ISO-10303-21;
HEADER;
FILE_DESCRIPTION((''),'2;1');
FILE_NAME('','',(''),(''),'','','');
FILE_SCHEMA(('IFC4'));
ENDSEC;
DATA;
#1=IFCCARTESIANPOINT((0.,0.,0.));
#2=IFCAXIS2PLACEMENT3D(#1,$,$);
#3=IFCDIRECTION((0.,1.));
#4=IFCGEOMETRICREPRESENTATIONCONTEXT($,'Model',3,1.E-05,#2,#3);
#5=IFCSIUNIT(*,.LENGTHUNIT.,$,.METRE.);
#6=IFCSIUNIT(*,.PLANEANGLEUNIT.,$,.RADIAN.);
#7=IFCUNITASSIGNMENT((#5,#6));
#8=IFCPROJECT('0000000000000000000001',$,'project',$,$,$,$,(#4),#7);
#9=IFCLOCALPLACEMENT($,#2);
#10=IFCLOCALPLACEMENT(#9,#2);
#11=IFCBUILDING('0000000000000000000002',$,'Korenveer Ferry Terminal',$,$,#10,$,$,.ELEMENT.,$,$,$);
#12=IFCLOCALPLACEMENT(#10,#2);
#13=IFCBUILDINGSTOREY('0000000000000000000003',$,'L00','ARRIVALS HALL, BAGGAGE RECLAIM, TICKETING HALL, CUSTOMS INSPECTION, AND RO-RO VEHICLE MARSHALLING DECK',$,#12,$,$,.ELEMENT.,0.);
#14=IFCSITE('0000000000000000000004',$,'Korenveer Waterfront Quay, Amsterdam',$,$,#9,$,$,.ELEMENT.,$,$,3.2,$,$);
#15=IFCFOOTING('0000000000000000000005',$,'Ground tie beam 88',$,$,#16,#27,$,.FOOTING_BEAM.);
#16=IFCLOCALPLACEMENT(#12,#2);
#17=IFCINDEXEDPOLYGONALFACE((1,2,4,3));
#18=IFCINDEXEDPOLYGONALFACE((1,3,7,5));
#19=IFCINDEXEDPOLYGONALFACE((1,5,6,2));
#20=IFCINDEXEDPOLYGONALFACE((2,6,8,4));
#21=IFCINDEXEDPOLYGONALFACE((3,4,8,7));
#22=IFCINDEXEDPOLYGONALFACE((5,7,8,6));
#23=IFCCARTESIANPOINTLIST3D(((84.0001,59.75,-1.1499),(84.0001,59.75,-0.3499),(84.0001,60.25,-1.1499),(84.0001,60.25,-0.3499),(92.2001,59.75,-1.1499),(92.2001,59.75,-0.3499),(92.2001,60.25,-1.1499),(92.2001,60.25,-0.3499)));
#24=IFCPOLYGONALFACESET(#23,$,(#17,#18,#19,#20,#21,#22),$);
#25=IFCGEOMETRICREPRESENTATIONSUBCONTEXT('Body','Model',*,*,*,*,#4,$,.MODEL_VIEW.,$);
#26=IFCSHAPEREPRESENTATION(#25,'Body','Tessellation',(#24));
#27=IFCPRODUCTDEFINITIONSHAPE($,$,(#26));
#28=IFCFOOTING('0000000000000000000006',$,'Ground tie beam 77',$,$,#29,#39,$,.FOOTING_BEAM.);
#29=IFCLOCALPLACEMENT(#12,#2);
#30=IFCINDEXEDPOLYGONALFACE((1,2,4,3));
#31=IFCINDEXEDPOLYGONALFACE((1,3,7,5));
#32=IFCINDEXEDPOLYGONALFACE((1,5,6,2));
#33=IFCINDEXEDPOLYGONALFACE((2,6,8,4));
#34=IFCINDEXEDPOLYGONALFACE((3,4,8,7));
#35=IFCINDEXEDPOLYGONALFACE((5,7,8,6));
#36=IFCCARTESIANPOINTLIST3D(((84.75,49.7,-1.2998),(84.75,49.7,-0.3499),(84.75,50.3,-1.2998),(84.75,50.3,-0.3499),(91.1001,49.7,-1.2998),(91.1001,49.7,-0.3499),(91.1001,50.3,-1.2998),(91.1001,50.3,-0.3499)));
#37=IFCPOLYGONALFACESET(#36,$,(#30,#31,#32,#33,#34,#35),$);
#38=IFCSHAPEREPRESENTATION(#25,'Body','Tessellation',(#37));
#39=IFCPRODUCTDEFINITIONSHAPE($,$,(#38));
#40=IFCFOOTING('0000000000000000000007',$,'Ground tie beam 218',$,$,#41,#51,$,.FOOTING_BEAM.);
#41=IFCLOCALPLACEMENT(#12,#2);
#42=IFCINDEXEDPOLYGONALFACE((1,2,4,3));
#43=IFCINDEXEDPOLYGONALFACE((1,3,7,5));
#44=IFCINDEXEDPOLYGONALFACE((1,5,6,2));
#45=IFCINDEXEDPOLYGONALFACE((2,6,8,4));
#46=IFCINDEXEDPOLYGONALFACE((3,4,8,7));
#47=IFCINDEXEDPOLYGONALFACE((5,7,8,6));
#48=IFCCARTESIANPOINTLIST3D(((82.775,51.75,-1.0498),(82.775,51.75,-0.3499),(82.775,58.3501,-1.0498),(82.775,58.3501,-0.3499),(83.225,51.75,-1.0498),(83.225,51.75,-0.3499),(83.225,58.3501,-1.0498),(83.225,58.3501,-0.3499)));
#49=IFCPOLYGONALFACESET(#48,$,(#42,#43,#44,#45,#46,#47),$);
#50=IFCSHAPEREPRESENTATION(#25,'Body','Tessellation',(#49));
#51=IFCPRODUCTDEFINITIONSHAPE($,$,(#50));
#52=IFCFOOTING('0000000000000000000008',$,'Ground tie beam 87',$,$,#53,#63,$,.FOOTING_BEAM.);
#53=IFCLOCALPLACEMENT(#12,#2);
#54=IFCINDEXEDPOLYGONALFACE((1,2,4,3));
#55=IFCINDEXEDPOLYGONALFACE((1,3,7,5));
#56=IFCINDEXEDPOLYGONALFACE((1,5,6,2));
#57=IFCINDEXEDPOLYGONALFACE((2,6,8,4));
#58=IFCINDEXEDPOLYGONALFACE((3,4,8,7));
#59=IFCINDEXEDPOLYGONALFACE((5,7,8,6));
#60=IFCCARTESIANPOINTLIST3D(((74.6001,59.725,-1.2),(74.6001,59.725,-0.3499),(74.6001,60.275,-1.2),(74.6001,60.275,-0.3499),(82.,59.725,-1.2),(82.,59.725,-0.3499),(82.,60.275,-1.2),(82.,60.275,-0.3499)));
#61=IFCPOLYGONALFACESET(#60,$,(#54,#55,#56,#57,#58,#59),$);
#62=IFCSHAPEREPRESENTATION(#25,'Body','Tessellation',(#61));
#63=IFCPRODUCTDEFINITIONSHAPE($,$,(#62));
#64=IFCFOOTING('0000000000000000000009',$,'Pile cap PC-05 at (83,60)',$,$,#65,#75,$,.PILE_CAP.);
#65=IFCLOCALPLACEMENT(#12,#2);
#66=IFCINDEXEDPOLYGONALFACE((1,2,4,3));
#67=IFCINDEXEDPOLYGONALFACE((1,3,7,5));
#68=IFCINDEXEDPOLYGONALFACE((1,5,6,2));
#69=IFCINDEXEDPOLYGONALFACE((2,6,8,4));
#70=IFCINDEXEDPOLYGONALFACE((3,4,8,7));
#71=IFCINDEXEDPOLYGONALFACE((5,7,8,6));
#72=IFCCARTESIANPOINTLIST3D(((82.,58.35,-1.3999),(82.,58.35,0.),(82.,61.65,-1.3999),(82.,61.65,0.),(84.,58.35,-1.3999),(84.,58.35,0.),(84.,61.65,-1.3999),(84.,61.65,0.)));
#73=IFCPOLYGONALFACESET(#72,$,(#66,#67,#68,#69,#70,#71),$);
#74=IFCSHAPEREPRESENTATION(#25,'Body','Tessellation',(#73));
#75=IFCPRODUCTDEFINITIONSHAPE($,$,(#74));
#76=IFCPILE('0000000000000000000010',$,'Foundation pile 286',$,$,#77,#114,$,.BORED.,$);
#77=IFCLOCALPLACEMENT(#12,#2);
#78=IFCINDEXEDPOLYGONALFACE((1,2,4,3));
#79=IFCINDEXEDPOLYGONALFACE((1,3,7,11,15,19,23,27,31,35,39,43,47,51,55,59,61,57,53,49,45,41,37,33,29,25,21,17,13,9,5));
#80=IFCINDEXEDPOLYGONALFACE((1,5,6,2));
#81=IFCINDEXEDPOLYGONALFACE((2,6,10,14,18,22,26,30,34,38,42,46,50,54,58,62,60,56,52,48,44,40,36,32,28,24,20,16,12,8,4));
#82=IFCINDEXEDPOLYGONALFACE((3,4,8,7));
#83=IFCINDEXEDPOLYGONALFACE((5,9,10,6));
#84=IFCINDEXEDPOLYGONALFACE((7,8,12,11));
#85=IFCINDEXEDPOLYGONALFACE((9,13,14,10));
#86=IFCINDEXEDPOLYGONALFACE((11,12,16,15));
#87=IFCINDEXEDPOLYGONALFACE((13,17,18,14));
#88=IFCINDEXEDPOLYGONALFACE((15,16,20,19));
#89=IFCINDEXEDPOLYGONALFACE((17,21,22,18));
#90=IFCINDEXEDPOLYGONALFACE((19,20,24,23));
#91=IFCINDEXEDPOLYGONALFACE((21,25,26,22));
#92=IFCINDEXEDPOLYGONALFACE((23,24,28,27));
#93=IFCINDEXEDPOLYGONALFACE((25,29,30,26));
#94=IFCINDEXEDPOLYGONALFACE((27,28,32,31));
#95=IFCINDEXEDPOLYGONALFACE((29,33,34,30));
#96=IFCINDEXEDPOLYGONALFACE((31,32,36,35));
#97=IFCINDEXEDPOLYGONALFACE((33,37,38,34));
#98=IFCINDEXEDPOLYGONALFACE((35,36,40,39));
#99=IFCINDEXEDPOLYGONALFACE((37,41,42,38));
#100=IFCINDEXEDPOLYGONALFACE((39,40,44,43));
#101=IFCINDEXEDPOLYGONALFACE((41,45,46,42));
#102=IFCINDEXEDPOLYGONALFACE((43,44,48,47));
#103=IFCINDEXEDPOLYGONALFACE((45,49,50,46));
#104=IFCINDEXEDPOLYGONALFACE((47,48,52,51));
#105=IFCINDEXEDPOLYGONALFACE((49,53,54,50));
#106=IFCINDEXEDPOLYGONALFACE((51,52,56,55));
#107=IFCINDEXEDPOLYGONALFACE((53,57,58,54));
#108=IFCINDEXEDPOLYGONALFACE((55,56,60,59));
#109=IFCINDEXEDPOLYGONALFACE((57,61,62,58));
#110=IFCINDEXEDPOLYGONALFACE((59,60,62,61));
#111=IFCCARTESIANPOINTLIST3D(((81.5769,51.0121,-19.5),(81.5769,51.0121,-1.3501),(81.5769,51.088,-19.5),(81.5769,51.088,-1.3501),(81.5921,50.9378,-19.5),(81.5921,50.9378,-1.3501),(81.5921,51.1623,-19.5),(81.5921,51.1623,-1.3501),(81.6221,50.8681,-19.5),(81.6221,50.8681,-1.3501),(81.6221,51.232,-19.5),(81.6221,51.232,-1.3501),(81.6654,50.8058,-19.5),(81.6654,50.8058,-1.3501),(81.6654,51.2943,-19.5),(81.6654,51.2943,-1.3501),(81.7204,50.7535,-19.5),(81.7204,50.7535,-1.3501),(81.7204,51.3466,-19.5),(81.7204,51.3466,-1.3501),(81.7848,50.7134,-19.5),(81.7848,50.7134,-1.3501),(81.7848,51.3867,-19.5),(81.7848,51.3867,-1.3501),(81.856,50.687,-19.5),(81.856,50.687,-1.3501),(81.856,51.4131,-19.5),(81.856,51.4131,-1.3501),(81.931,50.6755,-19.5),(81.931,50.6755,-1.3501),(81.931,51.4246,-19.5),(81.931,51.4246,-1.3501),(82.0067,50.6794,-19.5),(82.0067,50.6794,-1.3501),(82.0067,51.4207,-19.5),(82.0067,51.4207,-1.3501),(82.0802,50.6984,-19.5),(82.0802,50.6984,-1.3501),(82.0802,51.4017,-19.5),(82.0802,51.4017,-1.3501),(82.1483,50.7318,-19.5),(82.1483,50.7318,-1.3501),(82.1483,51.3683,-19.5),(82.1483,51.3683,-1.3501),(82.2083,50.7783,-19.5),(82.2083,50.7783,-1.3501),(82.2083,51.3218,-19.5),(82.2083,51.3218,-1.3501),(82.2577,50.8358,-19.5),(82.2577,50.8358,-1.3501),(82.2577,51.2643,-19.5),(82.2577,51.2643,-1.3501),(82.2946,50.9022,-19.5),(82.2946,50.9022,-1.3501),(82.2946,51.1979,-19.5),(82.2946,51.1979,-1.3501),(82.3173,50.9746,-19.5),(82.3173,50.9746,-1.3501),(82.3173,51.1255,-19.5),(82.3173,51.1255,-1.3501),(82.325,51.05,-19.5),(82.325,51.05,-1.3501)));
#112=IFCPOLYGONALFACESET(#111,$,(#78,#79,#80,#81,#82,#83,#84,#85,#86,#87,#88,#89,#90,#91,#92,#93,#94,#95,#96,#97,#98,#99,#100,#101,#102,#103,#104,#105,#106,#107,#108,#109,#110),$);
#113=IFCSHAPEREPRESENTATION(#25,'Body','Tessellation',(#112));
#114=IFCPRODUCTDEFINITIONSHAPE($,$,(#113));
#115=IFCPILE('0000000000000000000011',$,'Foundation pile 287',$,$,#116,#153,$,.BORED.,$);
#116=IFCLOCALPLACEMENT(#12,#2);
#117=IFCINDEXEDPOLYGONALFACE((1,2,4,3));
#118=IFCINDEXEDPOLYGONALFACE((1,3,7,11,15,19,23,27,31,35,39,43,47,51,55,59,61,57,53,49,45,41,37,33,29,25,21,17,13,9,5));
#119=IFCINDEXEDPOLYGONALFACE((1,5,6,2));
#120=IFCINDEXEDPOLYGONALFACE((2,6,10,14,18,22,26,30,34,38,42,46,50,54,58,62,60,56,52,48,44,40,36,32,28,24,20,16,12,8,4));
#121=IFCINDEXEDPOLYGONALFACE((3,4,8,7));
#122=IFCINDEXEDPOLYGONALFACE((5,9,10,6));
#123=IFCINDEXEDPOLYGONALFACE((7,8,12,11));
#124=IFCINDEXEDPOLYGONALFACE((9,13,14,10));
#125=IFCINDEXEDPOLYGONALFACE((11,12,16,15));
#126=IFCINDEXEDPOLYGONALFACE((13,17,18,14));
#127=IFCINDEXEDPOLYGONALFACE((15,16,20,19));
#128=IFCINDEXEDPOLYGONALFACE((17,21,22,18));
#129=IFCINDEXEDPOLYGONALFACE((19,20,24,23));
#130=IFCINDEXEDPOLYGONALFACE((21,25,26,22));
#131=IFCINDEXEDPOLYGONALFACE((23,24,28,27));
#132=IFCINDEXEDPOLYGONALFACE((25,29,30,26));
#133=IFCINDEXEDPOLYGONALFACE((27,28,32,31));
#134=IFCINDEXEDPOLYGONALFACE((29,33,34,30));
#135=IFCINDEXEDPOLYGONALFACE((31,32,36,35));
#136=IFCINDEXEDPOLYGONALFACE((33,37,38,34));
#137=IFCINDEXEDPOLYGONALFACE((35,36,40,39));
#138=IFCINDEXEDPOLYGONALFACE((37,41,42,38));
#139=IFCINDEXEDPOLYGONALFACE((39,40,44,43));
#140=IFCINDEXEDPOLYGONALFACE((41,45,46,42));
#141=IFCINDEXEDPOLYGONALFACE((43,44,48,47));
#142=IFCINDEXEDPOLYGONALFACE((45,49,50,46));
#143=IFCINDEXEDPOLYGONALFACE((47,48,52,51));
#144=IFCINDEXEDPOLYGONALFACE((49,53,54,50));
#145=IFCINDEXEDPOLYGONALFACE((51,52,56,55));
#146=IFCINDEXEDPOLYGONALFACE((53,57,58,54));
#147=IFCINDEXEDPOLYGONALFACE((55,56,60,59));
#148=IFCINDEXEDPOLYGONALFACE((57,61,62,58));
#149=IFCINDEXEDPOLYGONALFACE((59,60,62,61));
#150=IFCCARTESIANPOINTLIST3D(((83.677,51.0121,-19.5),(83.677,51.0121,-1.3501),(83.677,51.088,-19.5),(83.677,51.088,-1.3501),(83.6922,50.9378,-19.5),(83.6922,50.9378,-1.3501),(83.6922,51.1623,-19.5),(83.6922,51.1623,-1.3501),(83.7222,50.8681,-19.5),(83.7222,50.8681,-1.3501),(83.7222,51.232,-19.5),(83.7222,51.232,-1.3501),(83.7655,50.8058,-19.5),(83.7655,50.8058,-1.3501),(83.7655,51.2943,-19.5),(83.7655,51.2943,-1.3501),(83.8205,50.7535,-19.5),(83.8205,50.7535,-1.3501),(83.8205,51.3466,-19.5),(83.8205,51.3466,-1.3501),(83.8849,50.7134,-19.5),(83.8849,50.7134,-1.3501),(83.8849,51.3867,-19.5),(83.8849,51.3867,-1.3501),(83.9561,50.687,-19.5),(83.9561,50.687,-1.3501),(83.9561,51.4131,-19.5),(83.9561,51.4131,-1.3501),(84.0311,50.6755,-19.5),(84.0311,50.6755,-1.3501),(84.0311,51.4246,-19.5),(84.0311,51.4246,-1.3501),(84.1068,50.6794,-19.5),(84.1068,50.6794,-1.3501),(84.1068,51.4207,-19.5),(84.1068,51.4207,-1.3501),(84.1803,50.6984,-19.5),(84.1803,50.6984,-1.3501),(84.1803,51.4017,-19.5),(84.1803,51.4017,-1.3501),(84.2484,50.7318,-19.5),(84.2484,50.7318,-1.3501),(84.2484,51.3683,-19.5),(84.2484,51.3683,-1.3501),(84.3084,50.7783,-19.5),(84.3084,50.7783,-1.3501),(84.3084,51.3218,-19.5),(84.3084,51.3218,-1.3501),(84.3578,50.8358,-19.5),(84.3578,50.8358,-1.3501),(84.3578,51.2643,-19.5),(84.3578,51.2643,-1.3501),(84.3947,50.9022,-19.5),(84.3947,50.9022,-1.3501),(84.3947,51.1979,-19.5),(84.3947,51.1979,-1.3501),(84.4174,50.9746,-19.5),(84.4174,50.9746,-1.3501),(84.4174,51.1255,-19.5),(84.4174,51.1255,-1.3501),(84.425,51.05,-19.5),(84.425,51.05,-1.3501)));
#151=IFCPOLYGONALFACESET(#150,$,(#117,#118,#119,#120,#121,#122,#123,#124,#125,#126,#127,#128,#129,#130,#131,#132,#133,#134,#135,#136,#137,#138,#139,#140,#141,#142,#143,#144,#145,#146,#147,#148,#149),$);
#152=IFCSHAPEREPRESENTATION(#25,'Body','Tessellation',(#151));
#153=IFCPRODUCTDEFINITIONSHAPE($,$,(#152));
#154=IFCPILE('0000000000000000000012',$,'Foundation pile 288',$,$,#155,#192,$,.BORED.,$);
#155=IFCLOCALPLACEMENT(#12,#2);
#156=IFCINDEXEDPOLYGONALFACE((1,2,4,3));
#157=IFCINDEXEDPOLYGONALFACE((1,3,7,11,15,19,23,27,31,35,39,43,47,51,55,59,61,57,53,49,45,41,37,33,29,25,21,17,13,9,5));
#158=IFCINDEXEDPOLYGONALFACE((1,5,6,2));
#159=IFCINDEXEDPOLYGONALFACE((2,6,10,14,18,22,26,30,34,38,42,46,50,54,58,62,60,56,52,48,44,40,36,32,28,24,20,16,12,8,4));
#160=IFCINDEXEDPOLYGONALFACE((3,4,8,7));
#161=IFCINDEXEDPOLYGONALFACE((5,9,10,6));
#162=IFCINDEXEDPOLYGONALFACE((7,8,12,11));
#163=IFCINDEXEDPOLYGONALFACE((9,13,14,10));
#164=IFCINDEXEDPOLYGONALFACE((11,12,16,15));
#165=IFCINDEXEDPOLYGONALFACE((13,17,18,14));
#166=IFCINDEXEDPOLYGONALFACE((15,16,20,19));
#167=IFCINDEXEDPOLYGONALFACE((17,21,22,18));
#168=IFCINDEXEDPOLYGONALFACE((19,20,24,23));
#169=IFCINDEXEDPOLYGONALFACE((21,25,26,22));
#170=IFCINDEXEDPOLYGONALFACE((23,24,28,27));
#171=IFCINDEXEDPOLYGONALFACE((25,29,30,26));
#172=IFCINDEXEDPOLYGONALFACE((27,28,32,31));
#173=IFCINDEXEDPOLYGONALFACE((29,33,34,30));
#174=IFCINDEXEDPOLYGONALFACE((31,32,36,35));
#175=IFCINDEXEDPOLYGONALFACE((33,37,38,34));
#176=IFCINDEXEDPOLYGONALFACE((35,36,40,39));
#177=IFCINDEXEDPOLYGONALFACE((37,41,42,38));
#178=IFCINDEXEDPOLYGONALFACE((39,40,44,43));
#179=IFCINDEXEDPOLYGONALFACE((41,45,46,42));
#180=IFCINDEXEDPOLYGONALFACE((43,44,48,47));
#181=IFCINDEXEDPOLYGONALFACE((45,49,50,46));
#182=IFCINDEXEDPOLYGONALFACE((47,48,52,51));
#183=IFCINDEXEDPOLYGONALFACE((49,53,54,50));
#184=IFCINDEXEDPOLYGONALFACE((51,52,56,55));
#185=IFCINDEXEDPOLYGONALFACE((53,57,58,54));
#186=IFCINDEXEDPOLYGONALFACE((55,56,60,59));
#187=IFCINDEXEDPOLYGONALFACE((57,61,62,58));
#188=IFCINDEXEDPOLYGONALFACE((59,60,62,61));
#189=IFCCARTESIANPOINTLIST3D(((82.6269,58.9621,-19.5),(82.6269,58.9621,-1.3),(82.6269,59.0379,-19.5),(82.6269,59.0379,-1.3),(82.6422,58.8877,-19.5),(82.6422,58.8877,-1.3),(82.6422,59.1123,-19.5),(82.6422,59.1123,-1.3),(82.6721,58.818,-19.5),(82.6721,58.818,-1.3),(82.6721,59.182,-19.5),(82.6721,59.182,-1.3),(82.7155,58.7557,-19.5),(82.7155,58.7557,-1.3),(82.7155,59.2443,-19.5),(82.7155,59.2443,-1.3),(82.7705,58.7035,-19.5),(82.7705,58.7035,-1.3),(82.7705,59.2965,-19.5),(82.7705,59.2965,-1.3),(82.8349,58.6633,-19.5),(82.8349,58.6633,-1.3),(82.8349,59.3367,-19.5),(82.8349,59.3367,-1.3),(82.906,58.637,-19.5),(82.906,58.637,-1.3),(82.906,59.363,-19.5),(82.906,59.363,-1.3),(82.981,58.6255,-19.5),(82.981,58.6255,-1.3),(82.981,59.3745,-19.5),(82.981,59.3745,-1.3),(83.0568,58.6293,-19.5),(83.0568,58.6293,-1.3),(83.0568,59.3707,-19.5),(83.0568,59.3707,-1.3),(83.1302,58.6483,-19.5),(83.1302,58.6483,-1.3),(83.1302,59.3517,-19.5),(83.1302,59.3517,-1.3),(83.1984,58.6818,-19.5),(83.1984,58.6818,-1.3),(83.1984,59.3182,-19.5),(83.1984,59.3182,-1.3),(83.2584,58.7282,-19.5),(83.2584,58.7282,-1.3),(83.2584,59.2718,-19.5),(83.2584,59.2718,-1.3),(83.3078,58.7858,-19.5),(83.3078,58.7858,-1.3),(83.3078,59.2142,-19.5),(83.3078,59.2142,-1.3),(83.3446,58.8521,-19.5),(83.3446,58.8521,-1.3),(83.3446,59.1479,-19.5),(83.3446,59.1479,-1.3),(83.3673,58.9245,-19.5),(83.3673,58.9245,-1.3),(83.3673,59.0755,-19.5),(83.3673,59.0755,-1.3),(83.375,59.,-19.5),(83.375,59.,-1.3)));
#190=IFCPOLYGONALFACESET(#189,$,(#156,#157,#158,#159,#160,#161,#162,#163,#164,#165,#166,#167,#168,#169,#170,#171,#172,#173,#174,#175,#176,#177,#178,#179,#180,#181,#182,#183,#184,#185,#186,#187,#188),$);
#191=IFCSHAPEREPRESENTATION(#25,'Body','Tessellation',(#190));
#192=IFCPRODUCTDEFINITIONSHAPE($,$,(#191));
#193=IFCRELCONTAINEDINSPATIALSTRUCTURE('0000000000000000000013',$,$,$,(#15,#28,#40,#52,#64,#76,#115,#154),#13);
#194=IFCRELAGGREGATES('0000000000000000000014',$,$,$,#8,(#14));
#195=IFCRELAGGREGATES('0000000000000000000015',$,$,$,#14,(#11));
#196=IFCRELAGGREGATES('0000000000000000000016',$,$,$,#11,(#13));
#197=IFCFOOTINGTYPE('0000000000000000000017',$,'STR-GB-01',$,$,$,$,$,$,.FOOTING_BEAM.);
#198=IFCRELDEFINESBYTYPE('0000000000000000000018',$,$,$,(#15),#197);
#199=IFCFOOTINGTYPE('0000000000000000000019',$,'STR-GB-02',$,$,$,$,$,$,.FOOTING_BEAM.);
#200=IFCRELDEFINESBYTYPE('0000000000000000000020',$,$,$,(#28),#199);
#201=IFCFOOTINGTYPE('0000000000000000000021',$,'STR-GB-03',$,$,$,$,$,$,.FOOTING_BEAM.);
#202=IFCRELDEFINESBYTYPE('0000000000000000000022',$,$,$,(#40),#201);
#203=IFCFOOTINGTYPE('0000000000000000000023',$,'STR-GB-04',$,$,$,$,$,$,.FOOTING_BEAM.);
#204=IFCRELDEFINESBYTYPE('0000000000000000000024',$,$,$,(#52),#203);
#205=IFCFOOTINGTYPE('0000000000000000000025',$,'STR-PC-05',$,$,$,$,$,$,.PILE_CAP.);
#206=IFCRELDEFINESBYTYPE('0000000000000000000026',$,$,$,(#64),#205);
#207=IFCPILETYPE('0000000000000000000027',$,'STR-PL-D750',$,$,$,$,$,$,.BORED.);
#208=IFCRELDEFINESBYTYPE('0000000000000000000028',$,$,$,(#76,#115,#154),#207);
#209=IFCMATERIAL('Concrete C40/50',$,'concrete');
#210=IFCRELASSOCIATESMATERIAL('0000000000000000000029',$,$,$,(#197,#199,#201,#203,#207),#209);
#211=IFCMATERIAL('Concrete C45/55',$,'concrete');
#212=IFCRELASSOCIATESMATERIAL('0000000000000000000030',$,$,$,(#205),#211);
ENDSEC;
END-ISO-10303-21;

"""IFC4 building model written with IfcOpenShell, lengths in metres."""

from ifc_helpers import new_model, si_unit, direction, frame, origin, origin_2d, place, context, subcontext, project, spatial, rectangle, circle, extrude, material, material_profile, profile_set, type_object, element, save


model = new_model("IFC4")

# Units and contexts
model_context = context("Model", 3, precision=1e-05, world=origin(), true_north=direction((0.0, 1.0)))
body_context = subcontext(model_context, "Body", "Model", "MODEL_VIEW")
ifc_project = project(units=[si_unit("LENGTHUNIT", "METRE"), si_unit("PLANEANGLEUNIT", "RADIAN")], contexts=[model_context])

# Site, building, storey
site_placement = place(None, origin())
site = spatial("IfcSite", under=ifc_project, at=site_placement, Name="Korenveer Waterfront Quay, Amsterdam", CompositionType="ELEMENT", RefElevation=3.2)
building_placement = place(site_placement, origin())
building = spatial("IfcBuilding", under=site, at=building_placement, Name="Korenveer Ferry Terminal", CompositionType="ELEMENT")
storey_placement = place(building_placement, origin())
storey = spatial("IfcBuildingStorey", under=building, at=storey_placement, Name="L00", Description="ARRIVALS HALL, BAGGAGE RECLAIM, TICKETING HALL, CUSTOMS INSPECTION, AND RO-RO VEHICLE MARSHALLING DECK", CompositionType="ELEMENT", Elevation=0.0)

# Footings
ifc_material_1 = material(Name="Concrete C40/50", Category="concrete")
footing_type_1 = type_object("IfcFootingType", Name="STR-GB-01", PredefinedType="FOOTING_BEAM", material=ifc_material_1)
footing_1_placement = place(storey_placement, frame((88.1001, 60.0, -1.1499), z_axis=(0.0, 0.0, 1.0), x_axis=(1.0, 0.0, 0.0)))
element("IfcFooting", 1, at=footing_1_placement, inside=storey, type_object=footing_type_1, Name="Ground tie beam 88", PredefinedType="FOOTING_BEAM", context=body_context, shape_type="SweptSolid", body=[
    extrude(rectangle(XDim=8.2, YDim=0.5, at=origin_2d()), origin(), (0.0, 0.0, 1.0), 0.8),
])
footing_type_2 = type_object("IfcFootingType", Name="STR-GB-02", PredefinedType="FOOTING_BEAM", material=ifc_material_1)
footing_2_placement = place(storey_placement, frame((87.925, 50.0, -1.2998), z_axis=(0.0, 0.0, 1.0), x_axis=(1.0, 0.0, 0.0)))
element("IfcFooting", 2, at=footing_2_placement, inside=storey, type_object=footing_type_2, Name="Ground tie beam 77", PredefinedType="FOOTING_BEAM", context=body_context, shape_type="SweptSolid", body=[
    extrude(rectangle(XDim=6.3501, YDim=0.6001, at=origin_2d()), origin(), (0.0, 0.0, 1.0), 0.95),
])
footing_type_3 = type_object("IfcFootingType", Name="STR-GB-03", PredefinedType="FOOTING_BEAM", material=ifc_material_1)
footing_3_placement = place(storey_placement, frame((83.0, 55.05, -1.0498), z_axis=(0.0, 0.0, 1.0), x_axis=(1.0, 0.0, 0.0)))
element("IfcFooting", 3, at=footing_3_placement, inside=storey, type_object=footing_type_3, Name="Ground tie beam 218", PredefinedType="FOOTING_BEAM", context=body_context, shape_type="SweptSolid", body=[
    extrude(rectangle(XDim=0.45, YDim=6.6001, at=origin_2d()), origin(), (0.0, 0.0, 1.0), 0.7),
])
footing_type_4 = type_object("IfcFootingType", Name="STR-GB-04", PredefinedType="FOOTING_BEAM", material=ifc_material_1)
footing_4_placement = place(storey_placement, frame((78.3, 60.0, -1.2), z_axis=(0.0, 0.0, 1.0), x_axis=(1.0, 0.0, 0.0)))
element("IfcFooting", 4, at=footing_4_placement, inside=storey, type_object=footing_type_4, Name="Ground tie beam 87", PredefinedType="FOOTING_BEAM", context=body_context, shape_type="SweptSolid", body=[
    extrude(rectangle(XDim=7.3999, YDim=0.55, at=origin_2d()), origin(), (0.0, 0.0, 1.0), 0.8501),
])
ifc_material_2 = material(Name="Concrete C45/55", Category="concrete")
footing_type_5 = type_object("IfcFootingType", Name="STR-PC-05", PredefinedType="PILE_CAP", material=ifc_material_2)
footing_5_placement = place(storey_placement, frame((83.0, 60.0, -1.3999), z_axis=(0.0, 0.0, 1.0), x_axis=(1.0, 0.0, 0.0)))
element("IfcFooting", 5, at=footing_5_placement, inside=storey, type_object=footing_type_5, Name="Pile cap PC-05 at (83,60)", PredefinedType="PILE_CAP", context=body_context, shape_type="SweptSolid", body=[
    extrude(rectangle(XDim=2.0, YDim=3.3, at=origin_2d()), origin(), (0.0, 0.0, 1.0), 1.3999),
])

# Piles
ifc_material_profile_1 = material_profile(ifc_material_1, circle(Radius=0.375, at=origin_2d()), Name="PILE D750")
ifc_profile_set_1 = profile_set([ifc_material_profile_1], Name="Concrete C40/50")
pile_type = type_object("IfcPileType", Name="STR-PL-D750", PredefinedType="BORED", material=ifc_profile_set_1)
for number, where, z_axis, x_axis, name in (
    (6, (81.95, 51.05, -1.3501), (0.0, 0.0, -1.0), (1.0, 0.0, 0.0), "Foundation pile 286"),
    (7, (84.05, 51.05, -1.3501), (0.0, 0.0, -1.0), (1.0, 0.0, 0.0), "Foundation pile 287"),
):
    element("IfcPile", number, at=place(storey_placement, frame(where, z_axis=z_axis, x_axis=x_axis)), inside=storey, type_object=pile_type, Name=name, PredefinedType="BORED", context=body_context, shape_type="SweptSolid", body=[
        extrude(circle(Radius=0.375, at=origin_2d()), origin(), (0.0, 0.0, 1.0), 18.1499),
    ])
for number, where, z_axis, x_axis, name in (
    (8, (83.0, 59.0, -1.3), (0.0, 0.0, -1.0), (1.0, 0.0, 0.0), "Foundation pile 288"),
):
    element("IfcPile", number, at=place(storey_placement, frame(where, z_axis=z_axis, x_axis=x_axis)), inside=storey, type_object=pile_type, Name=name, PredefinedType="BORED", context=body_context, shape_type="SweptSolid", body=[
        extrude(circle(Radius=0.375, at=origin_2d()), origin(), (0.0, 0.0, 1.0), 18.2),
    ])

save(model, "model.ifc")
